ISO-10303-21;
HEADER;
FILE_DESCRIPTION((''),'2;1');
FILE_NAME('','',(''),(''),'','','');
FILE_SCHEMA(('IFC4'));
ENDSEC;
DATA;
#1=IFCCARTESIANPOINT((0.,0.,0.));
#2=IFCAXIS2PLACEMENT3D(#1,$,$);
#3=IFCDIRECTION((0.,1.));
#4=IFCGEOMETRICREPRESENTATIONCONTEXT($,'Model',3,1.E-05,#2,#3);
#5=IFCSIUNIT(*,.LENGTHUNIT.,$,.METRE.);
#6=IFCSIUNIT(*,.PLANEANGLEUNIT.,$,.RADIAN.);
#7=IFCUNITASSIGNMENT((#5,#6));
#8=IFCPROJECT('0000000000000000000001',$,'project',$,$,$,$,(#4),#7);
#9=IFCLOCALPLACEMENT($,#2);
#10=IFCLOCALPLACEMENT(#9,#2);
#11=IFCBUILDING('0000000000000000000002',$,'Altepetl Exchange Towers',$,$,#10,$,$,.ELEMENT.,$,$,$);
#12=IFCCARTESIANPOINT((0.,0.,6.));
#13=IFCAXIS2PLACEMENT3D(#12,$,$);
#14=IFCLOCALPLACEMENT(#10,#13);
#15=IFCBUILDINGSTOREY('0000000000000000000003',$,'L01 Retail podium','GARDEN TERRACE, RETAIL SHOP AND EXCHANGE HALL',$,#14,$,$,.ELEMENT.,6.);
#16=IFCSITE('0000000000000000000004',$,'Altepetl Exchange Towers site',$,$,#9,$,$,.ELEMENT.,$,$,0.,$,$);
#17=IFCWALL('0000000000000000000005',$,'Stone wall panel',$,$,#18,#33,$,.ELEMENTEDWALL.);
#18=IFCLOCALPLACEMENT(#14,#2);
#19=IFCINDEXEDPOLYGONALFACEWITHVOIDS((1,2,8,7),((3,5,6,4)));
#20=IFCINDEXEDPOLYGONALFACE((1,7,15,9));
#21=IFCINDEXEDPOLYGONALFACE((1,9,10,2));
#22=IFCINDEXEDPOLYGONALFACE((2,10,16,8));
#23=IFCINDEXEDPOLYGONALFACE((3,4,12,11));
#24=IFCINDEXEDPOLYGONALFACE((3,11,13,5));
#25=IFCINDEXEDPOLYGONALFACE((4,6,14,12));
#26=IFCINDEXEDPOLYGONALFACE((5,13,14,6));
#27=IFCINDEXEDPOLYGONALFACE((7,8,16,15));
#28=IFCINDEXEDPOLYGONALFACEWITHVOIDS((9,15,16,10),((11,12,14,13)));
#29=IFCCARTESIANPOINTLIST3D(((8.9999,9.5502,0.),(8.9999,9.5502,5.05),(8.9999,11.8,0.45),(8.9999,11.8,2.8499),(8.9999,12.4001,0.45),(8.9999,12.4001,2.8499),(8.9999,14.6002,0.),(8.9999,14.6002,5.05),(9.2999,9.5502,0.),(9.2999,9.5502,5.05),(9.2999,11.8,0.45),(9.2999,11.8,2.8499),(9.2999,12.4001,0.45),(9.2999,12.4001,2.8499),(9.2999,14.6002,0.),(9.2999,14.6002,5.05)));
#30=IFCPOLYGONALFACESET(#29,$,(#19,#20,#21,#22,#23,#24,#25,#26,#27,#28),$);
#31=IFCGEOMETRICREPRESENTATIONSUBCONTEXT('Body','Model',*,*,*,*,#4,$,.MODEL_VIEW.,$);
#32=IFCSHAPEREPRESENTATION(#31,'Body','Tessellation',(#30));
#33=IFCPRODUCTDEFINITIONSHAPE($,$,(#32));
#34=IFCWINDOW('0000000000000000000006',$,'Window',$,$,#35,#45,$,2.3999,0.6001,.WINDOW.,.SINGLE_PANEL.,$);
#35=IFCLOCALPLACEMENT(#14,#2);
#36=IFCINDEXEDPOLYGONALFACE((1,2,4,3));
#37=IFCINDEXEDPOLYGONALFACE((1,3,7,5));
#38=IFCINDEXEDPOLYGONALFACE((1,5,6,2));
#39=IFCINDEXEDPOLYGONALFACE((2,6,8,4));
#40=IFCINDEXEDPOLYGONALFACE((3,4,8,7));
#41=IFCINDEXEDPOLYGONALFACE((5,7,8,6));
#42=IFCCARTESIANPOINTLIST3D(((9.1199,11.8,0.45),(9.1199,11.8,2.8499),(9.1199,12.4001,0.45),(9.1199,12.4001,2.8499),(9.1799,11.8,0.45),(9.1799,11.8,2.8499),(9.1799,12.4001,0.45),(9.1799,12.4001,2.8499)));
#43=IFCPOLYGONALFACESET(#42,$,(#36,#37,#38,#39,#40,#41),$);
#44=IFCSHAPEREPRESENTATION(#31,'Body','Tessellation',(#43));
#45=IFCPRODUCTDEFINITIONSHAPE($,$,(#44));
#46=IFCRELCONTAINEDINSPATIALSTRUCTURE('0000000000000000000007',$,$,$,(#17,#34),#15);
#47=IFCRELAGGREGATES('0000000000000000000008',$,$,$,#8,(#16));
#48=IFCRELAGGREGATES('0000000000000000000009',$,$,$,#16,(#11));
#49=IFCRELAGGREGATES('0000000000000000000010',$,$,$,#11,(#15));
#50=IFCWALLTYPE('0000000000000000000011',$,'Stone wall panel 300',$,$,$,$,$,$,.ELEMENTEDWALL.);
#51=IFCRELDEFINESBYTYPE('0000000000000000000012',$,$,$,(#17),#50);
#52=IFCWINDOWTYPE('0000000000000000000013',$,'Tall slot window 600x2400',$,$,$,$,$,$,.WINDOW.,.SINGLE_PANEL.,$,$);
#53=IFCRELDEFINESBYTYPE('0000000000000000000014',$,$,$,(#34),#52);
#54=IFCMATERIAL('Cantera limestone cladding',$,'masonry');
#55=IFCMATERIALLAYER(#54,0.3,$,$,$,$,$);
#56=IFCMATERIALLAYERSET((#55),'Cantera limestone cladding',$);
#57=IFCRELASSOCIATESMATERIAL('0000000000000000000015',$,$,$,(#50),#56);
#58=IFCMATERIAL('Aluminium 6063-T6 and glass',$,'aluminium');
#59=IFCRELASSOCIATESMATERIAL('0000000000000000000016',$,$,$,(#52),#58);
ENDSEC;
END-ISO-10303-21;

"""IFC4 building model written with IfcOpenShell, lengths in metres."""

from ifc_helpers import new_model, si_unit, direction, frame, frame_2d, origin, place, context, subcontext, project, spatial, rectangle, extrude, material, layer, layer_set, type_object, element, fill, save


model = new_model("IFC4")

# Units and contexts
model_context = context("Model", 3, precision=1e-05, world=origin(), true_north=direction((0.0, 1.0)))
body_context = subcontext(model_context, "Body", "Model", "MODEL_VIEW")
ifc_project = project(units=[si_unit("LENGTHUNIT", "METRE"), si_unit("PLANEANGLEUNIT", "RADIAN")], contexts=[model_context])

# Site, building, storey
site_placement = place(None, origin())
site = spatial("IfcSite", under=ifc_project, at=site_placement, Name="Altepetl Exchange Towers site", CompositionType="ELEMENT", RefElevation=0.0)
building_placement = place(site_placement, origin())
building = spatial("IfcBuilding", under=site, at=building_placement, Name="Altepetl Exchange Towers", CompositionType="ELEMENT")
storey_placement = place(building_placement, frame((0.0, 0.0, 6.0)))
storey = spatial("IfcBuildingStorey", under=building, at=storey_placement, Name="L01 Retail podium", Description="GARDEN TERRACE, RETAIL SHOP AND EXCHANGE HALL", CompositionType="ELEMENT", Elevation=6.0)

# Shared definitions
ifc_material_1 = material(Name="Aluminium 6063-T6 and glass", Category="aluminium")

# Wall, opening, window
ifc_material_2 = material(Name="Cantera limestone cladding", Category="masonry")
ifc_layer_1 = layer(ifc_material_2, 0.3)
ifc_layer_set_1 = layer_set([ifc_layer_1], Name="Cantera limestone cladding")
wall_type_1 = type_object("IfcWallType", Name="Stone wall panel 300", PredefinedType="ELEMENTEDWALL", material=ifc_layer_set_1)
window_type = type_object("IfcWindowType", Name="Tall slot window 600x2400", PartitioningType="SINGLE_PANEL", PredefinedType="WINDOW", material=ifc_material_1)
wall_1_placement = place(storey_placement, frame((9.1499, 14.6001, 0.0), z_axis=(0.0, 0.0, 1.0), x_axis=(0.0, -1.0, 0.0)))
wall_1 = element("IfcWall", 1, at=wall_1_placement, inside=storey, type_object=wall_type_1, Name="Stone wall panel", PredefinedType="ELEMENTEDWALL", context=body_context, shape_type="SweptSolid", body=[
    extrude(rectangle(XDim=5.05, YDim=0.3, at=frame_2d((2.5249, 0.0))), origin(), (0.0, 0.0, 1.0), 5.05),
])
opening_1_placement = place(wall_1_placement, frame((2.2, 0.0, 0.45)))
opening_1 = element("IfcOpeningElement", 2, at=opening_1_placement, cuts=wall_1, PredefinedType="OPENING", context=body_context, shape_type="SweptSolid", body=[
    extrude(rectangle(XDim=0.6001, YDim=2.3999, at=frame_2d((0.3, 1.2))), frame((0.0, 0.1602, 0.0), z_axis=(0.0, -1.0, 0.0), x_axis=(1.0, 0.0, 0.0)), (0.0, 0.0, 1.0), 0.3201),
])
window_1_placement = place(opening_1_placement, origin())
window_1 = element("IfcWindow", 3, at=window_1_placement, inside=storey, type_object=window_type, Name="Window", OverallHeight=2.3999, OverallWidth=0.6001, PartitioningType="SINGLE_PANEL", PredefinedType="WINDOW", context=body_context, shape_type="SweptSolid", body=[
    extrude(rectangle(XDim=0.6001, YDim=2.3999, at=frame_2d((0.3, 1.2))), frame((0.0, 0.03, 0.0), z_axis=(0.0, -1.0, 0.0), x_axis=(1.0, 0.0, 0.0)), (0.0, 0.0, 1.0), 0.0601),
])
fill(opening_1, window_1)

save(model, "model.ifc")
